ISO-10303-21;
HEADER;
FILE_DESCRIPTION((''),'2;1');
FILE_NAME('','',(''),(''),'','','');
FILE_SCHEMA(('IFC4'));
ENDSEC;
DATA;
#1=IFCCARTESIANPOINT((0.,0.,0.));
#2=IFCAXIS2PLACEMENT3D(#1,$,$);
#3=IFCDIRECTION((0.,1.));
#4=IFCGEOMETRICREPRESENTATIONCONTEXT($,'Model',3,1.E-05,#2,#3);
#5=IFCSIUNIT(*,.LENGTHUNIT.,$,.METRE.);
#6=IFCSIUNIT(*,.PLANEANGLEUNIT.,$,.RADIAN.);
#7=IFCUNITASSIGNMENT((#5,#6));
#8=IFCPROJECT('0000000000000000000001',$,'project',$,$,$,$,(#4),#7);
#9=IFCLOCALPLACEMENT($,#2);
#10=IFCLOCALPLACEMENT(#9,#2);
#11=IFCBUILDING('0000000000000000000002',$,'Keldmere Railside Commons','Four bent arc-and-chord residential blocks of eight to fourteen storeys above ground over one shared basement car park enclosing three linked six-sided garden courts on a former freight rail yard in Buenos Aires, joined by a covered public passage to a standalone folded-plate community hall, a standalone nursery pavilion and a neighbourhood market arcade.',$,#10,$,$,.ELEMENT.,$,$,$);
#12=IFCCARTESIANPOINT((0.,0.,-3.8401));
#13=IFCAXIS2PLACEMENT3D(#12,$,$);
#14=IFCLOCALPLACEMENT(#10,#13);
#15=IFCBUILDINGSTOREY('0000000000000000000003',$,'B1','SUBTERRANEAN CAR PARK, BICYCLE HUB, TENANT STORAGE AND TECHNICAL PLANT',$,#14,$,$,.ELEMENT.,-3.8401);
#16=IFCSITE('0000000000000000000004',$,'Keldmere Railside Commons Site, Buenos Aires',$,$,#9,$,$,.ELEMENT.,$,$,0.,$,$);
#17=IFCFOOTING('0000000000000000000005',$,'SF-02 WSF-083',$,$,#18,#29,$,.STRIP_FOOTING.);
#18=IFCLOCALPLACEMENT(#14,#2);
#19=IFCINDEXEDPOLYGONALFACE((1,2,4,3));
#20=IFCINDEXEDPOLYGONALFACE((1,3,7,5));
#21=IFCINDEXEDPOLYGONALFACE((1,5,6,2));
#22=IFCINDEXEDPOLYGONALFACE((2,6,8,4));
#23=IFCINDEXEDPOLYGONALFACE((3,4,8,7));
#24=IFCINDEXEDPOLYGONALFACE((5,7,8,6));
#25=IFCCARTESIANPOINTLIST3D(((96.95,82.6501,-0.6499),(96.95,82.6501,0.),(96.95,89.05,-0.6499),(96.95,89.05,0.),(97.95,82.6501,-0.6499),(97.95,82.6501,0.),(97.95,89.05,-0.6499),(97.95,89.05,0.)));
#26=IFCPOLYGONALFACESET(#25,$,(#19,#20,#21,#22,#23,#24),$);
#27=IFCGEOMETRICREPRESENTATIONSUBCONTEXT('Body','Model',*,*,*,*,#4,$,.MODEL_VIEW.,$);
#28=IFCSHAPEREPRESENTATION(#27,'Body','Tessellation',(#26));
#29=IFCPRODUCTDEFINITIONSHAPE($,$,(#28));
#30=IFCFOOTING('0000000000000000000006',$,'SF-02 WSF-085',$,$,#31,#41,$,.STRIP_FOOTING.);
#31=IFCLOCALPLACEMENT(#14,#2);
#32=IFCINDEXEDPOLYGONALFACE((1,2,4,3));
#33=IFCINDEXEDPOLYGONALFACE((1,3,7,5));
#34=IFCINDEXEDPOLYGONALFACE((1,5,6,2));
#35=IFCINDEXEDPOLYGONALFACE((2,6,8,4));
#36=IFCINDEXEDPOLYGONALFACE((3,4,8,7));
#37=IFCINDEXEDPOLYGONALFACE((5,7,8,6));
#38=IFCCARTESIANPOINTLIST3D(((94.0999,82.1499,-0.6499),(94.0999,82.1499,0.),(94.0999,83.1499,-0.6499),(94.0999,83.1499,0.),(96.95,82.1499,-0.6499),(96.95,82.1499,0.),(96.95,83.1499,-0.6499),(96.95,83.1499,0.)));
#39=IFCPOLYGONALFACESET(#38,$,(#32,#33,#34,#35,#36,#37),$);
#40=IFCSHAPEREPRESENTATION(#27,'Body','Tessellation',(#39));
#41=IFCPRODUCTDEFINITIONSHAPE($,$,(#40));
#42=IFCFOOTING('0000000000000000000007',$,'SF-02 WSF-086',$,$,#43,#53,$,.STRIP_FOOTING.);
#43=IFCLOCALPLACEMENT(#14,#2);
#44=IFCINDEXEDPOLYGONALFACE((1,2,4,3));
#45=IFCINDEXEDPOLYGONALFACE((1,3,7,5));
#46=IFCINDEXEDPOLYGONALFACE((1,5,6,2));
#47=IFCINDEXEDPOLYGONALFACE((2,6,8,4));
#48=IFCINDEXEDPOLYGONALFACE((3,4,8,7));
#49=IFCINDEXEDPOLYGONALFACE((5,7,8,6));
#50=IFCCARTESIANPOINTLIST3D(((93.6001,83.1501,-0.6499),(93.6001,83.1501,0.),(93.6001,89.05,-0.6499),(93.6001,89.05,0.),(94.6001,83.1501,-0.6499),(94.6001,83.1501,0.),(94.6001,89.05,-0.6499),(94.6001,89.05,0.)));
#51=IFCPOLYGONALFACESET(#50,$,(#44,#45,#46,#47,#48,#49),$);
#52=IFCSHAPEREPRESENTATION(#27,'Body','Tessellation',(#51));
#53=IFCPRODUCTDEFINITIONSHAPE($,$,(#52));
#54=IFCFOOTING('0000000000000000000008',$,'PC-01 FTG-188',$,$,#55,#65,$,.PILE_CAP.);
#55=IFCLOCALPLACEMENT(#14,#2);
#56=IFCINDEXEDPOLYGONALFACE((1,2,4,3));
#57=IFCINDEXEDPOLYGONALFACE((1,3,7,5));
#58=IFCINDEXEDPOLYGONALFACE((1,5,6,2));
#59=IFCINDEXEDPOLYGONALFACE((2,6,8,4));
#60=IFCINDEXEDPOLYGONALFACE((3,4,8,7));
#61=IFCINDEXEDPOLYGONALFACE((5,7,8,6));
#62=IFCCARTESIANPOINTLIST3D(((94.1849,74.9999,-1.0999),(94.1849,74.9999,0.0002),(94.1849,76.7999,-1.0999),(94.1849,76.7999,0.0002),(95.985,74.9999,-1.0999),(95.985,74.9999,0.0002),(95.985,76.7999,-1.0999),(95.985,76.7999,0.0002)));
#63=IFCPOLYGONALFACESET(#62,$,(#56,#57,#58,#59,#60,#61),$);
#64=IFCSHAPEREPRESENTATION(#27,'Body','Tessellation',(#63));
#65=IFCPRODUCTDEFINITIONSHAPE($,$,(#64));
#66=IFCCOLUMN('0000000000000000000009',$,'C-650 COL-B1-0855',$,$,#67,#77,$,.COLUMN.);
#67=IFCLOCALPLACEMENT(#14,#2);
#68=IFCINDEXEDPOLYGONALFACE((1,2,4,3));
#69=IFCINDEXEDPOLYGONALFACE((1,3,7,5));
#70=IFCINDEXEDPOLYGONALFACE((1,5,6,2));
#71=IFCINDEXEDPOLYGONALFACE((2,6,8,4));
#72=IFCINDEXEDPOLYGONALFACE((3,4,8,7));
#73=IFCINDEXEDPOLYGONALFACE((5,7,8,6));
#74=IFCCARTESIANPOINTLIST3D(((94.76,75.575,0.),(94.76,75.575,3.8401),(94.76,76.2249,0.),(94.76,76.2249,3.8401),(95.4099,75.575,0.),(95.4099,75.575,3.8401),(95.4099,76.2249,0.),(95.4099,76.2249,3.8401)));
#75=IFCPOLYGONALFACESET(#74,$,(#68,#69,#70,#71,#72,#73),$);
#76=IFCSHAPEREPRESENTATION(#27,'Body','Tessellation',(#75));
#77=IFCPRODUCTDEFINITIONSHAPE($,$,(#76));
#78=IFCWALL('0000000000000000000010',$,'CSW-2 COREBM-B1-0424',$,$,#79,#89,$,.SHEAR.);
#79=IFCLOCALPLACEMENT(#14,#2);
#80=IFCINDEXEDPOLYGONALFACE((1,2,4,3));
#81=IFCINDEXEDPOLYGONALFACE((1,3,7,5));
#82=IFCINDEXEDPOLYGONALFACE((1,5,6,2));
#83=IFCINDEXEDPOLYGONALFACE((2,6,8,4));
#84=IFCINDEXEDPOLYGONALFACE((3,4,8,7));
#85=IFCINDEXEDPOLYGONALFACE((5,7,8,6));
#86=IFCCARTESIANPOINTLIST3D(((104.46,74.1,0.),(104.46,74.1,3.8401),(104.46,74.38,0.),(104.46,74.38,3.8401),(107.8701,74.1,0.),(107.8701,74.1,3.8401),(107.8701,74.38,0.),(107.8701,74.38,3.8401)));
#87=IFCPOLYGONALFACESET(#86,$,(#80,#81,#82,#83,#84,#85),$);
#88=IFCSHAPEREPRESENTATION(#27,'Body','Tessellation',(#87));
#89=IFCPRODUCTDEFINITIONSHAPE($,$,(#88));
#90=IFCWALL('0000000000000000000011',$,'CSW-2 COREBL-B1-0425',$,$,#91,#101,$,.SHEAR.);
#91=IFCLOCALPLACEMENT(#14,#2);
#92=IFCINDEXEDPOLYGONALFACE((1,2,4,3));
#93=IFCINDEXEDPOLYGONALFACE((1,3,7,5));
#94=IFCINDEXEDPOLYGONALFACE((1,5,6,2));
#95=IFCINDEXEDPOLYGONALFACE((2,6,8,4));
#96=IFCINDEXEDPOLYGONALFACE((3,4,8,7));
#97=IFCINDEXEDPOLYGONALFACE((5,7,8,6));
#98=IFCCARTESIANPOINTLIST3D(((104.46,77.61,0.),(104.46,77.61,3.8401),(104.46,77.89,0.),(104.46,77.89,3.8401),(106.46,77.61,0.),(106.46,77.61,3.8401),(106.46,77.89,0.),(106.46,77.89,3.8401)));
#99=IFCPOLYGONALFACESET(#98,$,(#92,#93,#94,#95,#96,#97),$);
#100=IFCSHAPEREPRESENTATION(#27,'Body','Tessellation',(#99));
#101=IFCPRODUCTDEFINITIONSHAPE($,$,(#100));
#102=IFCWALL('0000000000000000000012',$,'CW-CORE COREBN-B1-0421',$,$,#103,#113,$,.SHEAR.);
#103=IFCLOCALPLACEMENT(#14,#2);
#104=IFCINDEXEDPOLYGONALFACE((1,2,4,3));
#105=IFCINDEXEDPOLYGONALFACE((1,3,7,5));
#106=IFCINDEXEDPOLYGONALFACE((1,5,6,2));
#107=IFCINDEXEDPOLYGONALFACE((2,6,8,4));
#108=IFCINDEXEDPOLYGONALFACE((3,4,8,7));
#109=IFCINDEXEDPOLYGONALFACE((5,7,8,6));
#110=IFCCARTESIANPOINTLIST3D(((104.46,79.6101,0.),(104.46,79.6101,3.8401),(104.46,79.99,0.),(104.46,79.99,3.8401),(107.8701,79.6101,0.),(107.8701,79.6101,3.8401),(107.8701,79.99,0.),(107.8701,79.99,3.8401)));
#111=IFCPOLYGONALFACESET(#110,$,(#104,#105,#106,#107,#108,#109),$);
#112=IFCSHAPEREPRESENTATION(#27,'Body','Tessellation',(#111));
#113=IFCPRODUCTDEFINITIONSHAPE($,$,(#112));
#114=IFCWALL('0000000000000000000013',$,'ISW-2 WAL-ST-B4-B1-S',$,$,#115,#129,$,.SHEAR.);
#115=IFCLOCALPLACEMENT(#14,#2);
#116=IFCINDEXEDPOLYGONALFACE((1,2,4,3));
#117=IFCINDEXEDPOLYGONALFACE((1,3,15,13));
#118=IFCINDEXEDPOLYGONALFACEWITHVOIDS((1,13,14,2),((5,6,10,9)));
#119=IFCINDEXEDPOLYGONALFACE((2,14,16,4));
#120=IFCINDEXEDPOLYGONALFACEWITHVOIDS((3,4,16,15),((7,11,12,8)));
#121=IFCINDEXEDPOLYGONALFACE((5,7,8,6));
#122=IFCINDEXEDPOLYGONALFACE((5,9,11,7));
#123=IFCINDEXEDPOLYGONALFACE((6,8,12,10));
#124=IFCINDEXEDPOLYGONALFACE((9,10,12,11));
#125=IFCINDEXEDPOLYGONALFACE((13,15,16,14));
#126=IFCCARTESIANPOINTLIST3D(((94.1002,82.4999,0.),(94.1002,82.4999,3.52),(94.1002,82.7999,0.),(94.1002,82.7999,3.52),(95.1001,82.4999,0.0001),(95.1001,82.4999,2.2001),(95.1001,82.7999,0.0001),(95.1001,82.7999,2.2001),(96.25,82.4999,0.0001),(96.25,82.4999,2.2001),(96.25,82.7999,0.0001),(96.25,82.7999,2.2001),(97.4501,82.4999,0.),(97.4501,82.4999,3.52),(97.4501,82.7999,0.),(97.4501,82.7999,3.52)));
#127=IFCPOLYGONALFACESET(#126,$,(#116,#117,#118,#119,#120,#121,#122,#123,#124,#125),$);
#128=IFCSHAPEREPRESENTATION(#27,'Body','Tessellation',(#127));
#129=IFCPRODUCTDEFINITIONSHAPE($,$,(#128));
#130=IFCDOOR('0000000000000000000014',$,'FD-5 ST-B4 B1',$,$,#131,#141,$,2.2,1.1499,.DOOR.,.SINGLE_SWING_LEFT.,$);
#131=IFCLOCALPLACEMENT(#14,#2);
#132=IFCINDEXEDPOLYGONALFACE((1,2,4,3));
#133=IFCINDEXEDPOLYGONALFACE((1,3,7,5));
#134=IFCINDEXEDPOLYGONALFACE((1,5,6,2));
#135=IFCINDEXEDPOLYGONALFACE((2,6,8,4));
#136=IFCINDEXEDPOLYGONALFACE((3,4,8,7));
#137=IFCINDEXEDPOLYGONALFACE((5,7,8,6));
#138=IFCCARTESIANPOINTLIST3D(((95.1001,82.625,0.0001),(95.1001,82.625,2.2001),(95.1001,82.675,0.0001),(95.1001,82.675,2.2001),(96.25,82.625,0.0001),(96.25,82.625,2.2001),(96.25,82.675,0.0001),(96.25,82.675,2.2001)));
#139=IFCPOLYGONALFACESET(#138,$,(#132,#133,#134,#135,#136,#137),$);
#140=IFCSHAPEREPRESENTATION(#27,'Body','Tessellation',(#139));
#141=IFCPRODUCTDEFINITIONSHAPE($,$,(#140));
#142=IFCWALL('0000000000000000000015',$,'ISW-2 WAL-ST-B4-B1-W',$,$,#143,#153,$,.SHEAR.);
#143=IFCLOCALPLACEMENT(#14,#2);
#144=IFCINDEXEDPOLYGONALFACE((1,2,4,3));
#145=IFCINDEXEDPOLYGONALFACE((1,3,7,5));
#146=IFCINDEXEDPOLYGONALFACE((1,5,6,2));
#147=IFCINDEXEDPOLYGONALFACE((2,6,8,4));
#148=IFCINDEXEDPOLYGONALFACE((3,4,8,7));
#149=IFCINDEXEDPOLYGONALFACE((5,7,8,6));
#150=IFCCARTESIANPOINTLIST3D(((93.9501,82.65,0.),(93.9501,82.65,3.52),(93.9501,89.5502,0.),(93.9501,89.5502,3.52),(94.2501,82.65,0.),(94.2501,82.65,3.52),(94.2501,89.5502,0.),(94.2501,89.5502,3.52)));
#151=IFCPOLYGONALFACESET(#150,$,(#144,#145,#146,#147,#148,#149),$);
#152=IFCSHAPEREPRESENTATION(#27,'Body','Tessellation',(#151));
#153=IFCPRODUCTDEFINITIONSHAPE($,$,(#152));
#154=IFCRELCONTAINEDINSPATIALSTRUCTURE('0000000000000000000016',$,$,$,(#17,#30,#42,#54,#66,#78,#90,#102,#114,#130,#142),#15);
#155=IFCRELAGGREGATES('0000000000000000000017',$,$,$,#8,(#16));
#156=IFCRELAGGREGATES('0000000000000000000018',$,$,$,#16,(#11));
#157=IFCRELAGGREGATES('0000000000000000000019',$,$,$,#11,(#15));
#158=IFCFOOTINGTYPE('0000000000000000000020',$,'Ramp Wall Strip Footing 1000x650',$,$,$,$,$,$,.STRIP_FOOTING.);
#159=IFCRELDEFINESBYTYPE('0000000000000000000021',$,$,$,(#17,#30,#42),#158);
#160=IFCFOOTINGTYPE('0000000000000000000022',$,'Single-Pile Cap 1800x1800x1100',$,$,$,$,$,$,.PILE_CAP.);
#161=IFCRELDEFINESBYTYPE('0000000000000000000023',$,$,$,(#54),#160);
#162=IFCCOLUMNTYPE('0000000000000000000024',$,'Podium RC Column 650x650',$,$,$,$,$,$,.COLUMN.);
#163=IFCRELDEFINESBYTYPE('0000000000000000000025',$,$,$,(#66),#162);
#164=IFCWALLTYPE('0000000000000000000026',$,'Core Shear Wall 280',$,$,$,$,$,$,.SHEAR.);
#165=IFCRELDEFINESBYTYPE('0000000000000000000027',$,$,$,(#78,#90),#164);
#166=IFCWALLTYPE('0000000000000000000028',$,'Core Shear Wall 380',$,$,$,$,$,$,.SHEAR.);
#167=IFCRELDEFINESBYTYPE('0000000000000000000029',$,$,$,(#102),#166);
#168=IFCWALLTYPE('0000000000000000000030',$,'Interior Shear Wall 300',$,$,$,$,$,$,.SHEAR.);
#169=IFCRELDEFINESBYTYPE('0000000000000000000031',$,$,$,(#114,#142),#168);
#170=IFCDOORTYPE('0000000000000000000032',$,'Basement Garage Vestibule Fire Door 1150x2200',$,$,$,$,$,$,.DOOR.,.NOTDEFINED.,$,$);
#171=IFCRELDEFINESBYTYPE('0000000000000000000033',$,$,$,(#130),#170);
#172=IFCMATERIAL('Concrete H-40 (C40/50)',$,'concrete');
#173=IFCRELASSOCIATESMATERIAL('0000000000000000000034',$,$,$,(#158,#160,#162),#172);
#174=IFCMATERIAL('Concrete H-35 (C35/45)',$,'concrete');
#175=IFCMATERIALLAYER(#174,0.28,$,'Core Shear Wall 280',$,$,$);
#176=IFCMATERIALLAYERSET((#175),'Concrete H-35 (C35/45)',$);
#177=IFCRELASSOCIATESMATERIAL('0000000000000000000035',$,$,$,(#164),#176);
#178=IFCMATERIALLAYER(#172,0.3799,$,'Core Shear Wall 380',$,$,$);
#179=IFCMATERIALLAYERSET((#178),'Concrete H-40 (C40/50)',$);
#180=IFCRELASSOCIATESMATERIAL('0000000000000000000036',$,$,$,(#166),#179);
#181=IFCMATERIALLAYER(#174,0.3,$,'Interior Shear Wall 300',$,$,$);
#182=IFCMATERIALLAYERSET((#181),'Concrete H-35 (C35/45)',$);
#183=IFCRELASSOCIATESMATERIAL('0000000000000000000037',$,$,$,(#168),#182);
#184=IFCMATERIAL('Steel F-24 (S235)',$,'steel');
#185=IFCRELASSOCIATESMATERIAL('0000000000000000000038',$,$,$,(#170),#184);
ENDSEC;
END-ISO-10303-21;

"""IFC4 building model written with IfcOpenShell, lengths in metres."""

from ifc_helpers import new_model, si_unit, direction, frame, frame_2d, origin, origin_2d, place, context, subcontext, project, spatial, rectangle, extrude, material, layer, layer_set, material_profile, profile_set, type_object, element, fill, save


model = new_model("IFC4")

# Units and contexts
model_context = context("Model", 3, precision=1e-05, world=origin(), true_north=direction((0.0, 1.0)))
body_context = subcontext(model_context, "Body", "Model", "MODEL_VIEW")
ifc_project = project(units=[si_unit("LENGTHUNIT", "METRE"), si_unit("PLANEANGLEUNIT", "RADIAN")], contexts=[model_context])

# Site, building, storey
site_placement = place(None, origin())
site = spatial("IfcSite", under=ifc_project, at=site_placement, Name="Keldmere Railside Commons Site, Buenos Aires", CompositionType="ELEMENT", RefElevation=0.0)
building_placement = place(site_placement, origin())
building = spatial("IfcBuilding", under=site, at=building_placement, Name="Keldmere Railside Commons", Description="Four bent arc-and-chord residential blocks of eight to fourteen storeys above ground over one shared basement car park enclosing three linked six-sided garden courts on a former freight rail yard in Buenos Aires, joined by a covered public passage to a standalone folded-plate community hall, a standalone nursery pavilion and a neighbourhood market arcade.", CompositionType="ELEMENT")
storey_placement = place(building_placement, frame((0.0, 0.0, -3.8401)))
storey = spatial("IfcBuildingStorey", under=building, at=storey_placement, Name="B1", Description="SUBTERRANEAN CAR PARK, BICYCLE HUB, TENANT STORAGE AND TECHNICAL PLANT", CompositionType="ELEMENT", Elevation=-3.8401)

# Footings
ifc_material_1 = material(Name="Concrete H-40 (C40/50)", Category="concrete")
footing_type_1 = type_object("IfcFootingType", Name="Ramp Wall Strip Footing 1000x650", PredefinedType="STRIP_FOOTING", material=ifc_material_1)
footing_1_placement = place(storey_placement, frame((97.45, 85.8501, -0.6499), z_axis=(0.0, 0.0, 1.0), x_axis=(0.0, 1.0, 0.0)))
element("IfcFooting", 1, at=footing_1_placement, inside=storey, type_object=footing_type_1, Name="SF-02 WSF-083", PredefinedType="STRIP_FOOTING", context=body_context, shape_type="SweptSolid", body=[
    extrude(rectangle(XDim=6.3999, YDim=1.0, at=origin_2d()), origin(), (0.0, 0.0, 1.0), 0.6499),
])
footing_2_placement = place(storey_placement, frame((95.5249, 82.6499, -0.6499), z_axis=(0.0, 0.0, 1.0), x_axis=(1.0, 0.0, 0.0)))
element("IfcFooting", 2, at=footing_2_placement, inside=storey, type_object=footing_type_1, Name="SF-02 WSF-085", PredefinedType="STRIP_FOOTING", context=body_context, shape_type="SweptSolid", body=[
    extrude(rectangle(XDim=2.8501, YDim=1.0, at=origin_2d()), origin(), (0.0, 0.0, 1.0), 0.6499),
])
footing_3_placement = place(storey_placement, frame((94.1001, 86.1001, -0.6499), z_axis=(0.0, 0.0, 1.0), x_axis=(0.0, 1.0, 0.0)))
element("IfcFooting", 3, at=footing_3_placement, inside=storey, type_object=footing_type_1, Name="SF-02 WSF-086", PredefinedType="STRIP_FOOTING", context=body_context, shape_type="SweptSolid", body=[
    extrude(rectangle(XDim=5.8999, YDim=1.0, at=origin_2d()), origin(), (0.0, 0.0, 1.0), 0.6499),
])
footing_type_2 = type_object("IfcFootingType", Name="Single-Pile Cap 1800x1800x1100", PredefinedType="PILE_CAP", material=ifc_material_1)
footing_4_placement = place(storey_placement, frame((95.085, 75.8999, -1.0999), z_axis=(0.0, 0.0, 1.0), x_axis=(1.0, 0.0, 0.0)))
element("IfcFooting", 4, at=footing_4_placement, inside=storey, type_object=footing_type_2, Name="PC-01 FTG-188", PredefinedType="PILE_CAP", context=body_context, shape_type="SweptSolid", body=[
    extrude(rectangle(XDim=1.8, YDim=1.8, at=origin_2d()), origin(), (0.0, 0.0, 1.0), 1.1001),
])

# Column
ifc_material_profile_1 = material_profile(ifc_material_1, rectangle(XDim=0.6499, YDim=0.6499, at=origin_2d()), Name="RC-650x650")
ifc_profile_set_1 = profile_set([ifc_material_profile_1], Name="Concrete H-40 (C40/50)")
column_type = type_object("IfcColumnType", Name="Podium RC Column 650x650", PredefinedType="COLUMN", material=ifc_profile_set_1)
column_placement = place(storey_placement, frame((95.085, 75.8999, 0.0), z_axis=(0.0, 0.0, 1.0), x_axis=(1.0, 0.0, 0.0)))
element("IfcColumn", 5, at=column_placement, inside=storey, type_object=column_type, Name="C-650 COL-B1-0855", PredefinedType="COLUMN", context=body_context, shape_type="SweptSolid", body=[
    extrude(rectangle(XDim=0.6499, YDim=0.6499, at=origin_2d()), origin(), (0.0, 0.0, 1.0), 3.8401),
])

# Walls
ifc_material_2 = material(Name="Concrete H-35 (C35/45)", Category="concrete")
ifc_layer_1 = layer(ifc_material_2, 0.28, Name="Core Shear Wall 280")
ifc_layer_set_1 = layer_set([ifc_layer_1], Name="Concrete H-35 (C35/45)")
wall_type_1 = type_object("IfcWallType", Name="Core Shear Wall 280", PredefinedType="SHEAR", material=ifc_layer_set_1)
wall_1_placement = place(storey_placement, frame((104.46, 74.24, 0.0), z_axis=(0.0, 0.0, 1.0), x_axis=(1.0, 0.0, 0.0)))
element("IfcWall", 6, at=wall_1_placement, inside=storey, type_object=wall_type_1, Name="CSW-2 COREBM-B1-0424", PredefinedType="SHEAR", context=body_context, shape_type="SweptSolid", body=[
    extrude(rectangle(XDim=3.4102, YDim=0.28, at=frame_2d((1.7051, 0.0))), origin(), (0.0, 0.0, 1.0), 3.8401),
])
wall_2_placement = place(storey_placement, frame((104.46, 77.75, 0.0), z_axis=(0.0, 0.0, 1.0), x_axis=(1.0, 0.0, 0.0)))
element("IfcWall", 7, at=wall_2_placement, inside=storey, type_object=wall_type_1, Name="CSW-2 COREBL-B1-0425", PredefinedType="SHEAR", context=body_context, shape_type="SweptSolid", body=[
    extrude(rectangle(XDim=2.0, YDim=0.28, at=frame_2d((1.0, 0.0))), origin(), (0.0, 0.0, 1.0), 3.8401),
])
ifc_layer_2 = layer(ifc_material_1, 0.3799, Name="Core Shear Wall 380")
ifc_layer_set_2 = layer_set([ifc_layer_2], Name="Concrete H-40 (C40/50)")
wall_type_2 = type_object("IfcWallType", Name="Core Shear Wall 380", PredefinedType="SHEAR", material=ifc_layer_set_2)
wall_3_placement = place(storey_placement, frame((104.46, 79.8, 0.0), z_axis=(0.0, 0.0, 1.0), x_axis=(1.0, 0.0, 0.0)))
element("IfcWall", 8, at=wall_3_placement, inside=storey, type_object=wall_type_2, Name="CW-CORE COREBN-B1-0421", PredefinedType="SHEAR", context=body_context, shape_type="SweptSolid", body=[
    extrude(rectangle(XDim=3.4102, YDim=0.3799, at=frame_2d((1.7051, 0.0))), origin(), (0.0, 0.0, 1.0), 3.8401),
])

# Wall, opening, door
ifc_layer_3 = layer(ifc_material_2, 0.3, Name="Interior Shear Wall 300")
ifc_layer_set_3 = layer_set([ifc_layer_3], Name="Concrete H-35 (C35/45)")
wall_type_3 = type_object("IfcWallType", Name="Interior Shear Wall 300", PredefinedType="SHEAR", material=ifc_layer_set_3)
wall_4_placement = place(storey_placement, frame((97.45, 82.6499, 0.0), z_axis=(0.0, 0.0, 1.0), x_axis=(-1.0, 0.0, 0.0)))
wall_4 = element("IfcWall", 9, at=wall_4_placement, inside=storey, type_object=wall_type_3, Name="ISW-2 WAL-ST-B4-B1-S", PredefinedType="SHEAR", context=body_context, shape_type="SweptSolid", body=[
    extrude(rectangle(XDim=3.3499, YDim=0.3, at=frame_2d((1.6748, 0.0))), origin(), (0.0, 0.0, 1.0), 3.52),
])
opening_placement = place(wall_4_placement, frame((1.2, 0.0, 0.0)))
opening = element("IfcOpeningElement", 10, at=opening_placement, cuts=wall_4, PredefinedType="OPENING", context=body_context, shape_type="SweptSolid", body=[
    extrude(rectangle(XDim=1.1499, YDim=2.2, at=frame_2d((0.575, 1.1001))), frame((0.0, 0.1599, 0.0), z_axis=(0.0, -1.0, 0.0), x_axis=(1.0, 0.0, 0.0)), (0.0, 0.0, 1.0), 0.3201),
])
ifc_material_3 = material(Name="Steel F-24 (S235)", Category="steel")
door_type = type_object("IfcDoorType", Name="Basement Garage Vestibule Fire Door 1150x2200", OperationType="NOTDEFINED", PredefinedType="DOOR", material=ifc_material_3)
door_placement = place(opening_placement, origin())
door = element("IfcDoor", 11, at=door_placement, inside=storey, type_object=door_type, Name="FD-5 ST-B4 B1", OperationType="SINGLE_SWING_LEFT", OverallHeight=2.2, OverallWidth=1.1499, PredefinedType="DOOR", context=body_context, shape_type="SweptSolid", body=[
    extrude(rectangle(XDim=1.1499, YDim=2.2, at=frame_2d((0.575, 1.1001))), frame((0.0, 0.0249, 0.0), z_axis=(0.0, -1.0, 0.0), x_axis=(1.0, 0.0, 0.0)), (0.0, 0.0, 1.0), 0.05),
])
fill(opening, door)

# Wall
wall_5_placement = place(storey_placement, frame((94.1001, 82.6499, 0.0), z_axis=(0.0, 0.0, 1.0), x_axis=(0.0, 1.0, 0.0)))
element("IfcWall", 12, at=wall_5_placement, inside=storey, type_object=wall_type_3, Name="ISW-2 WAL-ST-B4-B1-W", PredefinedType="SHEAR", context=body_context, shape_type="SweptSolid", body=[
    extrude(rectangle(XDim=6.9001, YDim=0.3, at=frame_2d((3.4502, 0.0))), origin(), (0.0, 0.0, 1.0), 3.52),
])

save(model, "model.ifc")
